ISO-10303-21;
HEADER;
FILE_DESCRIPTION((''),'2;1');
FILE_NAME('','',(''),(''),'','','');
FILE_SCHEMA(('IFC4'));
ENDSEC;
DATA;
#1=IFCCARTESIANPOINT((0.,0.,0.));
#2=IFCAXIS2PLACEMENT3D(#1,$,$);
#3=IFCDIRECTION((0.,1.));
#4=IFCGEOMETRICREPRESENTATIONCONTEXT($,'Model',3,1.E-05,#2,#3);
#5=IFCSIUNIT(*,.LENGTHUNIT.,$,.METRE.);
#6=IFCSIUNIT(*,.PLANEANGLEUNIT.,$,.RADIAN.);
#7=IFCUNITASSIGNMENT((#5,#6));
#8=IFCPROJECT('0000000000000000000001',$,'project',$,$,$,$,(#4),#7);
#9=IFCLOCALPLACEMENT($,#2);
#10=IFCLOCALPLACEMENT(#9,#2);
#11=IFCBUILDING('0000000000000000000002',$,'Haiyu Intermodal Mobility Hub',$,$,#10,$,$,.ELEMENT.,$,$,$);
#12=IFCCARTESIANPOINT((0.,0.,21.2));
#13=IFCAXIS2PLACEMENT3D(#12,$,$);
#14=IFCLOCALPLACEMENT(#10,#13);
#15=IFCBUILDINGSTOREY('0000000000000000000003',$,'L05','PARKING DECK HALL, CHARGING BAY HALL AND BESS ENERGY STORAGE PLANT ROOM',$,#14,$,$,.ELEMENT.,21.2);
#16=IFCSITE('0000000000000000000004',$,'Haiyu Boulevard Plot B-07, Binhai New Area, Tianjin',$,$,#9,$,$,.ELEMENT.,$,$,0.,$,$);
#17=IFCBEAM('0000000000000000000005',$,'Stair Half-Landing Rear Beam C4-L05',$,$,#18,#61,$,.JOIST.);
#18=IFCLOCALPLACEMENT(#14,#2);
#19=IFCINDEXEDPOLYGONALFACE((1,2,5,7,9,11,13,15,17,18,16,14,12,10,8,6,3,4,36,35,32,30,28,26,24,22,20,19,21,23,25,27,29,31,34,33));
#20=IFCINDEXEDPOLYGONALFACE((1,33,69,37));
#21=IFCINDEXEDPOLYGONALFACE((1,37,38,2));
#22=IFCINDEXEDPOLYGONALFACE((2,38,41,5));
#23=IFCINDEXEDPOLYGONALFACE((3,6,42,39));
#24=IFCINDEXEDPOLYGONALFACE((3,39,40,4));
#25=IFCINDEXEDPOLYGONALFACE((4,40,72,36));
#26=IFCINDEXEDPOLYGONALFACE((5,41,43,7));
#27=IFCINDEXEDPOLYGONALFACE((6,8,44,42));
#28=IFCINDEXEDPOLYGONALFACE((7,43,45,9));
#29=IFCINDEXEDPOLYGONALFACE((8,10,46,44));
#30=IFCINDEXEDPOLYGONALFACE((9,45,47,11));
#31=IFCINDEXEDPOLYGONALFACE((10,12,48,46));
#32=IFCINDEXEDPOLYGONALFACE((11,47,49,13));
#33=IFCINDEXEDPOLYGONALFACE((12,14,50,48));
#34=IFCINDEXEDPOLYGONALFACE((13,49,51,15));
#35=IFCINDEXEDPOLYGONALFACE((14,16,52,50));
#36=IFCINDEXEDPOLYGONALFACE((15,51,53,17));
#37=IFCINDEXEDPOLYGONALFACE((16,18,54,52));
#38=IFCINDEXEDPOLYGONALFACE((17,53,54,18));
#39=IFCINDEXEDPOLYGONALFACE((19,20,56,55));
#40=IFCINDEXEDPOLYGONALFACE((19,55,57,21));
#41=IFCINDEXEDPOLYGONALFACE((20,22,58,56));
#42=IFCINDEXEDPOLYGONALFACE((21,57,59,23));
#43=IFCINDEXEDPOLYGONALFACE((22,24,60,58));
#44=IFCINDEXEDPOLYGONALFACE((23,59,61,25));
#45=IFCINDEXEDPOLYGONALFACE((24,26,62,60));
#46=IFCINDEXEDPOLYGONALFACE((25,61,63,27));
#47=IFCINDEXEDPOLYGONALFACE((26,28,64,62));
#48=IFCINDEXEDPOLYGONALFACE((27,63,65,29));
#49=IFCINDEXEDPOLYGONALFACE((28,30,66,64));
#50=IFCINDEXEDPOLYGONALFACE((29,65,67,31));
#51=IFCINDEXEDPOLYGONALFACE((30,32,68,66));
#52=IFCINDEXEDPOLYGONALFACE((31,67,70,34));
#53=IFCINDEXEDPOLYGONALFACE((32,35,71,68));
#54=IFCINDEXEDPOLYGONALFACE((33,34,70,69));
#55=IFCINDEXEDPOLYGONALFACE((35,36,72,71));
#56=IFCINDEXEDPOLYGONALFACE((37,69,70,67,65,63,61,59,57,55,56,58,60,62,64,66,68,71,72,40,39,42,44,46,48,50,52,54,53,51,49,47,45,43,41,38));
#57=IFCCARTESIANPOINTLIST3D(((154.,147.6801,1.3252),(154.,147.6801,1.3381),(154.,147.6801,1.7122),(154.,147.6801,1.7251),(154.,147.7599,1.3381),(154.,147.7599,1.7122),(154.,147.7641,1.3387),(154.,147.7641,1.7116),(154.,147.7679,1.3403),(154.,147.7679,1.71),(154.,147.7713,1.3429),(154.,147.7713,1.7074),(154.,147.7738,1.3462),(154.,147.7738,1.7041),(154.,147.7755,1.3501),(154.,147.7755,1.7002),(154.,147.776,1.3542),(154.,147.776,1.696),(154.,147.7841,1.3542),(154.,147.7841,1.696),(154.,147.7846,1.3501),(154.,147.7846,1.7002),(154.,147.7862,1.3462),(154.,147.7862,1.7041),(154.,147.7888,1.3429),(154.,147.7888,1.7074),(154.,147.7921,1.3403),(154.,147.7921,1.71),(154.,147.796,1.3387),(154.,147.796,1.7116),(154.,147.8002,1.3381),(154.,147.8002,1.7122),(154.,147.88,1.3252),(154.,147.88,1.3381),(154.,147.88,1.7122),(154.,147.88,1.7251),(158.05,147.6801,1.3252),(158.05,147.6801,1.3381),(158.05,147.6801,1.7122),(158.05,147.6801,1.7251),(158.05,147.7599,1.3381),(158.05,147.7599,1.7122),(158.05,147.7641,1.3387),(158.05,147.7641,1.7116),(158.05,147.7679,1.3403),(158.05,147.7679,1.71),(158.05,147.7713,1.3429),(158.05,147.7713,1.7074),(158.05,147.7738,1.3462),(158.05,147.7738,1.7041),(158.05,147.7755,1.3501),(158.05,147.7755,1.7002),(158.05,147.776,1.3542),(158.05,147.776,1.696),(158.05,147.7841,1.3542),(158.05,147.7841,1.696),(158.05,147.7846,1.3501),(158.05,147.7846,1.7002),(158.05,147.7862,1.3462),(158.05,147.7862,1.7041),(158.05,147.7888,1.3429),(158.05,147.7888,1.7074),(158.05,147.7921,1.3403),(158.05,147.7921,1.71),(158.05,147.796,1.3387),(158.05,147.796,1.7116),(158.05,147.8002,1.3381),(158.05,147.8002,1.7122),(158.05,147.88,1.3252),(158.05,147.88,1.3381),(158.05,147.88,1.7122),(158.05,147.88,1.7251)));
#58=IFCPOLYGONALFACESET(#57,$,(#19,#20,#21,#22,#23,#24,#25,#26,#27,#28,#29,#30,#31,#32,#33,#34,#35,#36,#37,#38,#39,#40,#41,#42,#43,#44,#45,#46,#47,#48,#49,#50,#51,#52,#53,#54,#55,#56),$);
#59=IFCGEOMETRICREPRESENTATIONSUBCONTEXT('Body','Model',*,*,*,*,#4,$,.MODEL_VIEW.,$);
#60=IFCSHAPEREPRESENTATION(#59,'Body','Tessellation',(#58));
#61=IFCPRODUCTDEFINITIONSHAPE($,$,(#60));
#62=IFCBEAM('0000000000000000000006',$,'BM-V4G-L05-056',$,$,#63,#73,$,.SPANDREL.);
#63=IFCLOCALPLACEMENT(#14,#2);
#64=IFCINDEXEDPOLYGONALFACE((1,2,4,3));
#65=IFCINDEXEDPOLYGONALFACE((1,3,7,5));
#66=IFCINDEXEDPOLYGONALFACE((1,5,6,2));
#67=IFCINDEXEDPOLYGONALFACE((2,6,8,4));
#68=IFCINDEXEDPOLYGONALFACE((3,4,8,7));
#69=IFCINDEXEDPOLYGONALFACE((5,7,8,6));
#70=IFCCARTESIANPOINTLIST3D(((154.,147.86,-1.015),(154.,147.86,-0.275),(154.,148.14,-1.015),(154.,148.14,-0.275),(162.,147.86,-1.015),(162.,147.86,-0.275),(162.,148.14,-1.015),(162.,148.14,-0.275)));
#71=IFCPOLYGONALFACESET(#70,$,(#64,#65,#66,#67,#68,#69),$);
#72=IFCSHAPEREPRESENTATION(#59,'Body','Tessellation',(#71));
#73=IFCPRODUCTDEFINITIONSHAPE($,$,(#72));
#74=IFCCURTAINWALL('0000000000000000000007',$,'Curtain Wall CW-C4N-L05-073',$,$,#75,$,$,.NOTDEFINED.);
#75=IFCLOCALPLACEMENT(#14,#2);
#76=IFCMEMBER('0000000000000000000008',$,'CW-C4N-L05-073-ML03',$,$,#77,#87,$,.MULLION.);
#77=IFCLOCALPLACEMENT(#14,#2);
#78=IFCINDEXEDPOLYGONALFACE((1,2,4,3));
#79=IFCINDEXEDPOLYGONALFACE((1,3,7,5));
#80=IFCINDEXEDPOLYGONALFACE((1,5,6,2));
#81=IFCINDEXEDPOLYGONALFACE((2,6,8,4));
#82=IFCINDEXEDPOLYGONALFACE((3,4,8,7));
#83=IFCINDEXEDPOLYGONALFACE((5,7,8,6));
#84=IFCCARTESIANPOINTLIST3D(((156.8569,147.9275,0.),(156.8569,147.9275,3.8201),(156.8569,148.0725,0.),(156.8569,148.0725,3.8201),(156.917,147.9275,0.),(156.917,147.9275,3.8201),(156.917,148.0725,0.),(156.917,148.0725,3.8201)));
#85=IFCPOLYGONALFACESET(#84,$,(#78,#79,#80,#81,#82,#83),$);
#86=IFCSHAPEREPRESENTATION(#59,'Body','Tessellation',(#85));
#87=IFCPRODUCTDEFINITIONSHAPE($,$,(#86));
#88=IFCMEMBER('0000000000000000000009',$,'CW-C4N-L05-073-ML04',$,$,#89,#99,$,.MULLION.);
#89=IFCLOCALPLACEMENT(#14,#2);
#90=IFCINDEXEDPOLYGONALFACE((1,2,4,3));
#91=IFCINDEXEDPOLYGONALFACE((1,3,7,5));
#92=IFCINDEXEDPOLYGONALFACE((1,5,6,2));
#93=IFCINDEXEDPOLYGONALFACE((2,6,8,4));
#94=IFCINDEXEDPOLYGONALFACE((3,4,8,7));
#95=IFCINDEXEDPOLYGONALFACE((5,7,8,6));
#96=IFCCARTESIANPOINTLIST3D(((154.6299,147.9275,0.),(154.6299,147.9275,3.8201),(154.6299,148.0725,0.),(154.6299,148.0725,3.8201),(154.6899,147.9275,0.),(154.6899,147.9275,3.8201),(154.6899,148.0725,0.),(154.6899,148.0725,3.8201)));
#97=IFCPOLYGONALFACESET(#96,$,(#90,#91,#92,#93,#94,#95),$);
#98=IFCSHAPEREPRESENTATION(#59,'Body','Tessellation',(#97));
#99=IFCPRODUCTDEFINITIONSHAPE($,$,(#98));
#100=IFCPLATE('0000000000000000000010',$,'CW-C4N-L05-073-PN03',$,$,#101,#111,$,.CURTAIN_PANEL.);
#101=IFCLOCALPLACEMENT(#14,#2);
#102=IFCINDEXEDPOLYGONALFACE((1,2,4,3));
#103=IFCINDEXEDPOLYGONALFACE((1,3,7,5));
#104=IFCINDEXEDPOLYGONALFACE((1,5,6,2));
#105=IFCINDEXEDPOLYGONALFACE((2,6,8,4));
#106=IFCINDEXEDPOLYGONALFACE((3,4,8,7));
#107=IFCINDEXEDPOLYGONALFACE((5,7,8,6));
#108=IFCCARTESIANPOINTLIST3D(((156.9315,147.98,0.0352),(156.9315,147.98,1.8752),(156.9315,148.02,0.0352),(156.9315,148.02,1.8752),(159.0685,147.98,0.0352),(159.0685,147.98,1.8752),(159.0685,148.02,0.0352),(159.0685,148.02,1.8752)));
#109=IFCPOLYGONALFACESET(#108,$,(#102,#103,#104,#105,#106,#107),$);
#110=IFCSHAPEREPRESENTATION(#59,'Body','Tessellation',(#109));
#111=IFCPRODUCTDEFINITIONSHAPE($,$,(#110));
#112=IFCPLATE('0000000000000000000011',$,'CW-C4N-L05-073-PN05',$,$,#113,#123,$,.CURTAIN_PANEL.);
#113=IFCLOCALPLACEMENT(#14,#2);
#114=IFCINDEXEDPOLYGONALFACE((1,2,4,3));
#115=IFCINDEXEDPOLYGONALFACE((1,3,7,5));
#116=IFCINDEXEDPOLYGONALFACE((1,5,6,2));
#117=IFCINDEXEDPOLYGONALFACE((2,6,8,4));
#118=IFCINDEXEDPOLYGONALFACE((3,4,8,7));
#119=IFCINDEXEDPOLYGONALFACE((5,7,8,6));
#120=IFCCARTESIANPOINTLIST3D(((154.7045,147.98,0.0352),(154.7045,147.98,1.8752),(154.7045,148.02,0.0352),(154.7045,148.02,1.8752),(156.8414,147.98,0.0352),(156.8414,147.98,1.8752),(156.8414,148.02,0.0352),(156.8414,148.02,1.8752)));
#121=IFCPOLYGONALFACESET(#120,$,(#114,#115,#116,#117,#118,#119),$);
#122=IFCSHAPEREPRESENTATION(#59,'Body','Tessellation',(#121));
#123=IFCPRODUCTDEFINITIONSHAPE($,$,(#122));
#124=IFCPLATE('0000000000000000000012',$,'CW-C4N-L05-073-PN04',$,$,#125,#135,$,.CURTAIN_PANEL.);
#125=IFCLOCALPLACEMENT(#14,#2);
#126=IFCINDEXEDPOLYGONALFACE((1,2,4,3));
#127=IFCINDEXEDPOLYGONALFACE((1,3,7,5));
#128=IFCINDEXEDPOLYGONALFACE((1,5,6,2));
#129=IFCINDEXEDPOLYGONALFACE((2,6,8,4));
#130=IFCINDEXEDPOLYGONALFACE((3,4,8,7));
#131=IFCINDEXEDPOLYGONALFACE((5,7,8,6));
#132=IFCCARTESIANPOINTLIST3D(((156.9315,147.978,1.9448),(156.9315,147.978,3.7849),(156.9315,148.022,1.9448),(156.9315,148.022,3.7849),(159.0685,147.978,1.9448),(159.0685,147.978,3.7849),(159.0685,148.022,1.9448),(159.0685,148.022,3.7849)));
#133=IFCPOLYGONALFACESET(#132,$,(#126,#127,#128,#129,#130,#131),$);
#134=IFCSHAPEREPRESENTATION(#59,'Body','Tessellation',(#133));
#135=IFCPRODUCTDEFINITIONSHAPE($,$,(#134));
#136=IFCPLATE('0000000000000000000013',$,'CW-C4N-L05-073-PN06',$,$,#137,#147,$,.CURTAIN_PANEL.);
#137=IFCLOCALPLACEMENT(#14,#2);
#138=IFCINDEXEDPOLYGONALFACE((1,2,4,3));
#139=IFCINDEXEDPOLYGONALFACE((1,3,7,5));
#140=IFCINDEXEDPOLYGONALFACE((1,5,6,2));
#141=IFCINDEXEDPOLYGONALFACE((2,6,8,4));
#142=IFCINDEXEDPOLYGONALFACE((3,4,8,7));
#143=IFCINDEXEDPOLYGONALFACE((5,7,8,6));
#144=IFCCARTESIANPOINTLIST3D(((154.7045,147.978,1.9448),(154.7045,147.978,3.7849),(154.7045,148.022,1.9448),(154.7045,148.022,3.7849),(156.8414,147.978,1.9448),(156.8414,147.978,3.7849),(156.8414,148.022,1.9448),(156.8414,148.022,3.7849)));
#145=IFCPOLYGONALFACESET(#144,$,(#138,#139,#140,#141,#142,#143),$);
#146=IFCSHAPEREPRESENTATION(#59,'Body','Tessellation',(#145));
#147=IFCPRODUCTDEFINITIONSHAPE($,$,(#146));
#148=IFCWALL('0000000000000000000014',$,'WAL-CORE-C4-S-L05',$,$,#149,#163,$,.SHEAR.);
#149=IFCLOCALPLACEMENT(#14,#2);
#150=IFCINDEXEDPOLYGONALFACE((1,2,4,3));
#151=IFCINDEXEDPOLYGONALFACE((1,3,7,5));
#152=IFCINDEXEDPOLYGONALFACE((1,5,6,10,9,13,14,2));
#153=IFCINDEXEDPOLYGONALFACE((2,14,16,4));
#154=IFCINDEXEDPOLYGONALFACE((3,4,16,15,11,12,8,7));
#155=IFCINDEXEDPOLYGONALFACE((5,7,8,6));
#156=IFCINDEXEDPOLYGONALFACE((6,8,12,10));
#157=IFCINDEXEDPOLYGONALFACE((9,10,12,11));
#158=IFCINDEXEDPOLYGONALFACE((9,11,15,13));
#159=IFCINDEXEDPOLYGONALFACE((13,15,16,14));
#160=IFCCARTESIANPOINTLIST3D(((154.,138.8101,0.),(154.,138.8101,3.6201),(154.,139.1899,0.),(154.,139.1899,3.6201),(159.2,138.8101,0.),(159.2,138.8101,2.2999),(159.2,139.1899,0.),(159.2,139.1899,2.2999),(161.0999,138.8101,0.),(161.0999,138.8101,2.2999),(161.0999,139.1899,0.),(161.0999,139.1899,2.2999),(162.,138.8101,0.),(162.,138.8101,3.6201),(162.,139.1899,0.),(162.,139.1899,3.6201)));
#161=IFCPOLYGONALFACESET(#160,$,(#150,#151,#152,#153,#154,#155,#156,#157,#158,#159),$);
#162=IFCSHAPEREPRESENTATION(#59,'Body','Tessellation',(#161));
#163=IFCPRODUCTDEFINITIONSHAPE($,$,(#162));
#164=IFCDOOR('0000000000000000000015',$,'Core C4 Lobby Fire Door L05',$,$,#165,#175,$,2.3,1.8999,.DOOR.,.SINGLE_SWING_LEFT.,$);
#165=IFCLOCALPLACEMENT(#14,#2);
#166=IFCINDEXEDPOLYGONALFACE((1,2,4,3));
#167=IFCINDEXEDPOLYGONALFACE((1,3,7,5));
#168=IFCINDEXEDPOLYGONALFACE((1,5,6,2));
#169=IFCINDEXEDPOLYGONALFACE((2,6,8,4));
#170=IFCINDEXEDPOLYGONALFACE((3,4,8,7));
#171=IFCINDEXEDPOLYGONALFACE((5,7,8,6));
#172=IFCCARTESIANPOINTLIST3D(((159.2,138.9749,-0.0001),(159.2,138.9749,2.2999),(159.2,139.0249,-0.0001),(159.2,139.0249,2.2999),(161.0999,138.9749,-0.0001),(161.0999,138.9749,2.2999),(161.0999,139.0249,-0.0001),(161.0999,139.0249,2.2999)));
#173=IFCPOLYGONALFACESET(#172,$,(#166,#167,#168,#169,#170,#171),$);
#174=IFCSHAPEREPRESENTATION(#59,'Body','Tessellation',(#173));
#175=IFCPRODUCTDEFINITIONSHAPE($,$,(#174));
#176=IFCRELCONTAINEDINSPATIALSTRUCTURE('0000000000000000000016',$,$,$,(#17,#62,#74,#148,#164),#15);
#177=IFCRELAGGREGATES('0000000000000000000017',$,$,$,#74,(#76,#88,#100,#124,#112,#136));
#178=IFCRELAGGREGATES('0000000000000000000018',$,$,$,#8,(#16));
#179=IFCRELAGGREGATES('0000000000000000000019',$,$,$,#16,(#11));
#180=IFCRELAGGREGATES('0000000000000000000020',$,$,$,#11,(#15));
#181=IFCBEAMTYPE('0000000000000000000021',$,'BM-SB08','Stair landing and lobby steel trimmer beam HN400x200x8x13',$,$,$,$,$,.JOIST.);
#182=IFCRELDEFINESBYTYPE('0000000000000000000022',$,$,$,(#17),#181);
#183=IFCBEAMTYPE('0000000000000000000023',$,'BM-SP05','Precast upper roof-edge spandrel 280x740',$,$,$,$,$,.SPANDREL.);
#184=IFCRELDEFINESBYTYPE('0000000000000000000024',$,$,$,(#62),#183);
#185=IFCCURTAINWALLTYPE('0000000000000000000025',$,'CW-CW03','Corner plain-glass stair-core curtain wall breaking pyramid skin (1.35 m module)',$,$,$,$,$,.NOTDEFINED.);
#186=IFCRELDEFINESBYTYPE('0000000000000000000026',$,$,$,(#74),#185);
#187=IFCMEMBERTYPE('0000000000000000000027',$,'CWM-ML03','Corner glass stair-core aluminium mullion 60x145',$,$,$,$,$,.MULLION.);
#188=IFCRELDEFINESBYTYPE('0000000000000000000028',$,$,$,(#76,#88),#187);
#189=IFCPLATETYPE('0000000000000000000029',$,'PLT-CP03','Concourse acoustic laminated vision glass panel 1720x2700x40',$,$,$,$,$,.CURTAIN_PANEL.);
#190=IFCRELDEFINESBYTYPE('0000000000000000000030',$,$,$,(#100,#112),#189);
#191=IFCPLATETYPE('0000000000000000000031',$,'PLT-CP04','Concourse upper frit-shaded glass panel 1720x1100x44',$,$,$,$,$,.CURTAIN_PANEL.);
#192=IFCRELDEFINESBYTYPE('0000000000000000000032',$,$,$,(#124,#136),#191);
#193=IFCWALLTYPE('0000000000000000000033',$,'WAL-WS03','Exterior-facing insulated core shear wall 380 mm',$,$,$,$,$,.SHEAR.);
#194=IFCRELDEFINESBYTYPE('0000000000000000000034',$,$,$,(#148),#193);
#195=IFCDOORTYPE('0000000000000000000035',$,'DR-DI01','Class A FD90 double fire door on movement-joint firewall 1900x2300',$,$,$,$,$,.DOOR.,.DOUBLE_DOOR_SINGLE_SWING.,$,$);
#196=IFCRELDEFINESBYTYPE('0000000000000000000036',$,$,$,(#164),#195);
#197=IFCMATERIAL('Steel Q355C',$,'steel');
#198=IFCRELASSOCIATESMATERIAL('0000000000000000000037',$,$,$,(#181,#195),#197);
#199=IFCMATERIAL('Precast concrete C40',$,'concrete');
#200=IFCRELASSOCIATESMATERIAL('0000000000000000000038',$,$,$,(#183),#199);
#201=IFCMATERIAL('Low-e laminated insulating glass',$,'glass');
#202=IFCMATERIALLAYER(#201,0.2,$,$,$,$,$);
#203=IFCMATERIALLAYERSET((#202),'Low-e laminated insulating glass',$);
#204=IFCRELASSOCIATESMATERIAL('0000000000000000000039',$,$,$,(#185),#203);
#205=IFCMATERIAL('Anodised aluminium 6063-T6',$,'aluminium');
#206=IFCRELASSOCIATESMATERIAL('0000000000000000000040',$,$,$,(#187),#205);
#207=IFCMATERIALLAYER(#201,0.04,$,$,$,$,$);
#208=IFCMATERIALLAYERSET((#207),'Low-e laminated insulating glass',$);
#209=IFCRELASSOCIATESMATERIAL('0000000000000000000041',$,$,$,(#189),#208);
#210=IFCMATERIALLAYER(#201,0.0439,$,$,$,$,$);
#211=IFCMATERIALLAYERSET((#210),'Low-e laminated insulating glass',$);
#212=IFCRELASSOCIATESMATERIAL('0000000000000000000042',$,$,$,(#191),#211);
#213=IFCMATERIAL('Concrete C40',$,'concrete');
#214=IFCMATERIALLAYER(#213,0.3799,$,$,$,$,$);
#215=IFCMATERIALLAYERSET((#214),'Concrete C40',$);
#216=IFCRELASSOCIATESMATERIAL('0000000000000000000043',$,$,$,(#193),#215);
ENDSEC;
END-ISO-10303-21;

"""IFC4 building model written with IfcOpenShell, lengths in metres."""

from ifc_helpers import new_model, si_unit, direction, frame, frame_2d, origin, origin_2d, place, context, subcontext, project, spatial, rectangle, i_section, extrude, material, layer, layer_set, material_profile, profile_set, type_object, element, fill, aggregate, save


model = new_model("IFC4")

# Units and contexts
model_context = context("Model", 3, precision=1e-05, world=origin(), true_north=direction((0.0, 1.0)))
body_context = subcontext(model_context, "Body", "Model", "MODEL_VIEW")
ifc_project = project(units=[si_unit("LENGTHUNIT", "METRE"), si_unit("PLANEANGLEUNIT", "RADIAN")], contexts=[model_context])

# Site, building, storey
site_placement = place(None, origin())
site = spatial("IfcSite", under=ifc_project, at=site_placement, Name="Haiyu Boulevard Plot B-07, Binhai New Area, Tianjin", CompositionType="ELEMENT", RefElevation=0.0)
building_placement = place(site_placement, origin())
building = spatial("IfcBuilding", under=site, at=building_placement, Name="Haiyu Intermodal Mobility Hub", CompositionType="ELEMENT")
storey_placement = place(building_placement, frame((0.0, 0.0, 21.2)))
storey = spatial("IfcBuildingStorey", under=building, at=storey_placement, Name="L05", Description="PARKING DECK HALL, CHARGING BAY HALL AND BESS ENERGY STORAGE PLANT ROOM", CompositionType="ELEMENT", Elevation=21.2)

# Shared definitions
ifc_material_1 = material(Name="Precast concrete C40", Category="concrete")
ifc_material_2 = material(Name="Steel Q355C", Category="steel")

# Beams
ifc_material_3 = material(Name="Concrete C40", Category="concrete")
ifc_material_profile_1 = material_profile(ifc_material_2, i_section(OverallWidth=0.2, OverallDepth=0.3999, WebThickness=0.0081, FlangeThickness=0.0129, FilletRadius=0.0161, at=origin_2d()), Name="HN400x200x8x13")
ifc_profile_set_1 = profile_set([ifc_material_profile_1], Name="Steel Q355C")
beam_type_1 = type_object("IfcBeamType", Name="BM-SB08", Description="Stair landing and lobby steel trimmer beam HN400x200x8x13", PredefinedType="JOIST", material=ifc_profile_set_1)
for number, where, z_axis, x_axis, name in (
    (1, (154.0, 147.78, 1.5251), (1.0, 0.0, 0.0), (0.0, 1.0, 0.0), "Stair Half-Landing Rear Beam C4-L05"),
):
    element("IfcBeam", number, at=place(storey_placement, frame(where, z_axis=z_axis, x_axis=x_axis)), inside=storey, type_object=beam_type_1, Name=name, PredefinedType="JOIST", context=body_context, shape_type="SweptSolid", body=[
        extrude(i_section(OverallWidth=0.2, OverallDepth=0.3999, WebThickness=0.0081, FlangeThickness=0.0129, FilletRadius=0.0161, at=origin_2d()), origin(), (0.0, 0.0, 1.0), 4.05),
    ])
ifc_material_profile_2 = material_profile(ifc_material_1, rectangle(XDim=0.28, YDim=0.74, at=origin_2d()), Name="B280x740")
ifc_profile_set_2 = profile_set([ifc_material_profile_2], Name="Precast concrete C40")
beam_type_2 = type_object("IfcBeamType", Name="BM-SP05", Description="Precast upper roof-edge spandrel 280x740", PredefinedType="SPANDREL", material=ifc_profile_set_2)
beam_1_placement = place(storey_placement, frame((154.0, 148.0, -0.645), z_axis=(1.0, 0.0, 0.0), x_axis=(0.0, 1.0, 0.0)))
element("IfcBeam", 2, at=beam_1_placement, inside=storey, type_object=beam_type_2, Name="BM-V4G-L05-056", PredefinedType="SPANDREL", context=body_context, shape_type="SweptSolid", body=[
    extrude(rectangle(XDim=0.28, YDim=0.74, at=origin_2d()), origin(), (0.0, 0.0, 1.0), 8.0),
])

# Curtain wall, members, plates
ifc_material_4 = material(Name="Low-e laminated insulating glass", Category="glass")
ifc_layer_1 = layer(ifc_material_4, 0.2)
ifc_layer_set_1 = layer_set([ifc_layer_1], Name="Low-e laminated insulating glass")
curtain_wall_type = type_object("IfcCurtainWallType", Name="CW-CW03", Description="Corner plain-glass stair-core curtain wall breaking pyramid skin (1.35 m module)", PredefinedType="NOTDEFINED", material=ifc_layer_set_1)
curtain_wall_placement = place(storey_placement, origin())
curtain_wall = element("IfcCurtainWall", 3, at=curtain_wall_placement, inside=storey, type_object=curtain_wall_type, Name="Curtain Wall CW-C4N-L05-073", PredefinedType="NOTDEFINED")
ifc_material_5 = material(Name="Anodised aluminium 6063-T6", Category="aluminium")
ifc_material_profile_3 = material_profile(ifc_material_5, rectangle(XDim=0.0601, YDim=0.145, at=origin_2d()), Name="ALU60x145")
ifc_profile_set_3 = profile_set([ifc_material_profile_3], Name="Anodised aluminium 6063-T6")
member_type = type_object("IfcMemberType", Name="CWM-ML03", Description="Corner glass stair-core aluminium mullion 60x145", PredefinedType="MULLION", material=ifc_profile_set_3)
member_1_placement = place(storey_placement, frame((156.887, 148.0, 0.0), z_axis=(0.0, 0.0, 1.0), x_axis=(1.0, 0.0, 0.0)))
member_1 = element("IfcMember", 4, at=member_1_placement, type_object=member_type, Name="CW-C4N-L05-073-ML03", PredefinedType="MULLION", context=body_context, shape_type="SweptSolid", body=[
    extrude(rectangle(XDim=0.0601, YDim=0.145, at=origin_2d()), origin(), (0.0, 0.0, 1.0), 3.8201),
])
member_2_placement = place(storey_placement, frame((154.6599, 148.0, 0.0), z_axis=(0.0, 0.0, 1.0), x_axis=(1.0, 0.0, 0.0)))
member_2 = element("IfcMember", 5, at=member_2_placement, type_object=member_type, Name="CW-C4N-L05-073-ML04", PredefinedType="MULLION", context=body_context, shape_type="SweptSolid", body=[
    extrude(rectangle(XDim=0.0601, YDim=0.145, at=origin_2d()), origin(), (0.0, 0.0, 1.0), 3.8201),
])
ifc_layer_2 = layer(ifc_material_4, 0.04)
ifc_layer_set_2 = layer_set([ifc_layer_2], Name="Low-e laminated insulating glass")
plate_type_1 = type_object("IfcPlateType", Name="PLT-CP03", Description="Concourse acoustic laminated vision glass panel 1720x2700x40", PredefinedType="CURTAIN_PANEL", material=ifc_layer_set_2)
plate_1_placement = place(storey_placement, frame((158.0, 148.0, 0.0352), z_axis=(0.0, 0.0, 1.0), x_axis=(-1.0, 0.0, 0.0)))
plate_1 = element("IfcPlate", 6, at=plate_1_placement, type_object=plate_type_1, Name="CW-C4N-L05-073-PN03", PredefinedType="CURTAIN_PANEL", context=body_context, shape_type="SweptSolid", body=[
    extrude(rectangle(XDim=2.137, YDim=0.04, at=origin_2d()), origin(), (0.0, 0.0, 1.0), 1.8401),
])
plate_2_placement = place(storey_placement, frame((155.7729, 148.0, 0.0352), z_axis=(0.0, 0.0, 1.0), x_axis=(-1.0, 0.0, 0.0)))
plate_2 = element("IfcPlate", 7, at=plate_2_placement, type_object=plate_type_1, Name="CW-C4N-L05-073-PN05", PredefinedType="CURTAIN_PANEL", context=body_context, shape_type="SweptSolid", body=[
    extrude(rectangle(XDim=2.137, YDim=0.04, at=origin_2d()), origin(), (0.0, 0.0, 1.0), 1.8401),
])
ifc_layer_3 = layer(ifc_material_4, 0.0439)
ifc_layer_set_3 = layer_set([ifc_layer_3], Name="Low-e laminated insulating glass")
plate_type_2 = type_object("IfcPlateType", Name="PLT-CP04", Description="Concourse upper frit-shaded glass panel 1720x1100x44", PredefinedType="CURTAIN_PANEL", material=ifc_layer_set_3)
plate_3_placement = place(storey_placement, frame((158.0, 148.0, 1.9448), z_axis=(0.0, 0.0, 1.0), x_axis=(-1.0, 0.0, 0.0)))
plate_3 = element("IfcPlate", 8, at=plate_3_placement, type_object=plate_type_2, Name="CW-C4N-L05-073-PN04", PredefinedType="CURTAIN_PANEL", context=body_context, shape_type="SweptSolid", body=[
    extrude(rectangle(XDim=2.137, YDim=0.0439, at=origin_2d()), origin(), (0.0, 0.0, 1.0), 1.8401),
])
plate_4_placement = place(storey_placement, frame((155.7729, 148.0, 1.9448), z_axis=(0.0, 0.0, 1.0), x_axis=(-1.0, 0.0, 0.0)))
plate_4 = element("IfcPlate", 9, at=plate_4_placement, type_object=plate_type_2, Name="CW-C4N-L05-073-PN06", PredefinedType="CURTAIN_PANEL", context=body_context, shape_type="SweptSolid", body=[
    extrude(rectangle(XDim=2.137, YDim=0.0439, at=origin_2d()), origin(), (0.0, 0.0, 1.0), 1.8401),
])
aggregate(curtain_wall, [member_1, member_2, plate_1, plate_3, plate_2, plate_4])

# Wall, opening, door
ifc_layer_4 = layer(ifc_material_3, 0.3799)
ifc_layer_set_4 = layer_set([ifc_layer_4], Name="Concrete C40")
wall_type = type_object("IfcWallType", Name="WAL-WS03", Description="Exterior-facing insulated core shear wall 380 mm", PredefinedType="SHEAR", material=ifc_layer_set_4)
wall_1_placement = place(storey_placement, frame((154.0, 139.0, 0.0), z_axis=(0.0, 0.0, 1.0), x_axis=(1.0, 0.0, 0.0)))
wall_1 = element("IfcWall", 10, at=wall_1_placement, inside=storey, type_object=wall_type, Name="WAL-CORE-C4-S-L05", PredefinedType="SHEAR", context=body_context, shape_type="SweptSolid", body=[
    extrude(rectangle(XDim=8.0, YDim=0.3799, at=frame_2d((4.0, 0.0))), origin(), (0.0, 0.0, 1.0), 3.6201),
])
opening_1_placement = place(wall_1_placement, frame((5.2, 0.0, 0.0)))
opening_1 = element("IfcOpeningElement", 11, at=opening_1_placement, cuts=wall_1, PredefinedType="OPENING", context=body_context, shape_type="SweptSolid", body=[
    extrude(rectangle(XDim=1.8999, YDim=2.3, at=frame_2d((0.95, 1.1499))), frame((0.0, 0.2, 0.0), z_axis=(0.0, -1.0, 0.0), x_axis=(1.0, 0.0, 0.0)), (0.0, 0.0, 1.0), 0.3999),
])
door_type_1 = type_object("IfcDoorType", Name="DR-DI01", Description="Class A FD90 double fire door on movement-joint firewall 1900x2300", OperationType="DOUBLE_DOOR_SINGLE_SWING", PredefinedType="DOOR", material=ifc_material_2)
door_1_placement = place(opening_1_placement, origin())
door_1 = element("IfcDoor", 12, at=door_1_placement, inside=storey, type_object=door_type_1, Name="Core C4 Lobby Fire Door L05", OperationType="SINGLE_SWING_LEFT", OverallHeight=2.3, OverallWidth=1.8999, PredefinedType="DOOR", context=body_context, shape_type="SweptSolid", body=[
    extrude(rectangle(XDim=1.8999, YDim=2.3, at=frame_2d((0.95, 1.1499))), frame((0.0, 0.0249, 0.0), z_axis=(0.0, -1.0, 0.0), x_axis=(1.0, 0.0, 0.0)), (0.0, 0.0, 1.0), 0.05),
])
fill(opening_1, door_1)

save(model, "model.ifc")
